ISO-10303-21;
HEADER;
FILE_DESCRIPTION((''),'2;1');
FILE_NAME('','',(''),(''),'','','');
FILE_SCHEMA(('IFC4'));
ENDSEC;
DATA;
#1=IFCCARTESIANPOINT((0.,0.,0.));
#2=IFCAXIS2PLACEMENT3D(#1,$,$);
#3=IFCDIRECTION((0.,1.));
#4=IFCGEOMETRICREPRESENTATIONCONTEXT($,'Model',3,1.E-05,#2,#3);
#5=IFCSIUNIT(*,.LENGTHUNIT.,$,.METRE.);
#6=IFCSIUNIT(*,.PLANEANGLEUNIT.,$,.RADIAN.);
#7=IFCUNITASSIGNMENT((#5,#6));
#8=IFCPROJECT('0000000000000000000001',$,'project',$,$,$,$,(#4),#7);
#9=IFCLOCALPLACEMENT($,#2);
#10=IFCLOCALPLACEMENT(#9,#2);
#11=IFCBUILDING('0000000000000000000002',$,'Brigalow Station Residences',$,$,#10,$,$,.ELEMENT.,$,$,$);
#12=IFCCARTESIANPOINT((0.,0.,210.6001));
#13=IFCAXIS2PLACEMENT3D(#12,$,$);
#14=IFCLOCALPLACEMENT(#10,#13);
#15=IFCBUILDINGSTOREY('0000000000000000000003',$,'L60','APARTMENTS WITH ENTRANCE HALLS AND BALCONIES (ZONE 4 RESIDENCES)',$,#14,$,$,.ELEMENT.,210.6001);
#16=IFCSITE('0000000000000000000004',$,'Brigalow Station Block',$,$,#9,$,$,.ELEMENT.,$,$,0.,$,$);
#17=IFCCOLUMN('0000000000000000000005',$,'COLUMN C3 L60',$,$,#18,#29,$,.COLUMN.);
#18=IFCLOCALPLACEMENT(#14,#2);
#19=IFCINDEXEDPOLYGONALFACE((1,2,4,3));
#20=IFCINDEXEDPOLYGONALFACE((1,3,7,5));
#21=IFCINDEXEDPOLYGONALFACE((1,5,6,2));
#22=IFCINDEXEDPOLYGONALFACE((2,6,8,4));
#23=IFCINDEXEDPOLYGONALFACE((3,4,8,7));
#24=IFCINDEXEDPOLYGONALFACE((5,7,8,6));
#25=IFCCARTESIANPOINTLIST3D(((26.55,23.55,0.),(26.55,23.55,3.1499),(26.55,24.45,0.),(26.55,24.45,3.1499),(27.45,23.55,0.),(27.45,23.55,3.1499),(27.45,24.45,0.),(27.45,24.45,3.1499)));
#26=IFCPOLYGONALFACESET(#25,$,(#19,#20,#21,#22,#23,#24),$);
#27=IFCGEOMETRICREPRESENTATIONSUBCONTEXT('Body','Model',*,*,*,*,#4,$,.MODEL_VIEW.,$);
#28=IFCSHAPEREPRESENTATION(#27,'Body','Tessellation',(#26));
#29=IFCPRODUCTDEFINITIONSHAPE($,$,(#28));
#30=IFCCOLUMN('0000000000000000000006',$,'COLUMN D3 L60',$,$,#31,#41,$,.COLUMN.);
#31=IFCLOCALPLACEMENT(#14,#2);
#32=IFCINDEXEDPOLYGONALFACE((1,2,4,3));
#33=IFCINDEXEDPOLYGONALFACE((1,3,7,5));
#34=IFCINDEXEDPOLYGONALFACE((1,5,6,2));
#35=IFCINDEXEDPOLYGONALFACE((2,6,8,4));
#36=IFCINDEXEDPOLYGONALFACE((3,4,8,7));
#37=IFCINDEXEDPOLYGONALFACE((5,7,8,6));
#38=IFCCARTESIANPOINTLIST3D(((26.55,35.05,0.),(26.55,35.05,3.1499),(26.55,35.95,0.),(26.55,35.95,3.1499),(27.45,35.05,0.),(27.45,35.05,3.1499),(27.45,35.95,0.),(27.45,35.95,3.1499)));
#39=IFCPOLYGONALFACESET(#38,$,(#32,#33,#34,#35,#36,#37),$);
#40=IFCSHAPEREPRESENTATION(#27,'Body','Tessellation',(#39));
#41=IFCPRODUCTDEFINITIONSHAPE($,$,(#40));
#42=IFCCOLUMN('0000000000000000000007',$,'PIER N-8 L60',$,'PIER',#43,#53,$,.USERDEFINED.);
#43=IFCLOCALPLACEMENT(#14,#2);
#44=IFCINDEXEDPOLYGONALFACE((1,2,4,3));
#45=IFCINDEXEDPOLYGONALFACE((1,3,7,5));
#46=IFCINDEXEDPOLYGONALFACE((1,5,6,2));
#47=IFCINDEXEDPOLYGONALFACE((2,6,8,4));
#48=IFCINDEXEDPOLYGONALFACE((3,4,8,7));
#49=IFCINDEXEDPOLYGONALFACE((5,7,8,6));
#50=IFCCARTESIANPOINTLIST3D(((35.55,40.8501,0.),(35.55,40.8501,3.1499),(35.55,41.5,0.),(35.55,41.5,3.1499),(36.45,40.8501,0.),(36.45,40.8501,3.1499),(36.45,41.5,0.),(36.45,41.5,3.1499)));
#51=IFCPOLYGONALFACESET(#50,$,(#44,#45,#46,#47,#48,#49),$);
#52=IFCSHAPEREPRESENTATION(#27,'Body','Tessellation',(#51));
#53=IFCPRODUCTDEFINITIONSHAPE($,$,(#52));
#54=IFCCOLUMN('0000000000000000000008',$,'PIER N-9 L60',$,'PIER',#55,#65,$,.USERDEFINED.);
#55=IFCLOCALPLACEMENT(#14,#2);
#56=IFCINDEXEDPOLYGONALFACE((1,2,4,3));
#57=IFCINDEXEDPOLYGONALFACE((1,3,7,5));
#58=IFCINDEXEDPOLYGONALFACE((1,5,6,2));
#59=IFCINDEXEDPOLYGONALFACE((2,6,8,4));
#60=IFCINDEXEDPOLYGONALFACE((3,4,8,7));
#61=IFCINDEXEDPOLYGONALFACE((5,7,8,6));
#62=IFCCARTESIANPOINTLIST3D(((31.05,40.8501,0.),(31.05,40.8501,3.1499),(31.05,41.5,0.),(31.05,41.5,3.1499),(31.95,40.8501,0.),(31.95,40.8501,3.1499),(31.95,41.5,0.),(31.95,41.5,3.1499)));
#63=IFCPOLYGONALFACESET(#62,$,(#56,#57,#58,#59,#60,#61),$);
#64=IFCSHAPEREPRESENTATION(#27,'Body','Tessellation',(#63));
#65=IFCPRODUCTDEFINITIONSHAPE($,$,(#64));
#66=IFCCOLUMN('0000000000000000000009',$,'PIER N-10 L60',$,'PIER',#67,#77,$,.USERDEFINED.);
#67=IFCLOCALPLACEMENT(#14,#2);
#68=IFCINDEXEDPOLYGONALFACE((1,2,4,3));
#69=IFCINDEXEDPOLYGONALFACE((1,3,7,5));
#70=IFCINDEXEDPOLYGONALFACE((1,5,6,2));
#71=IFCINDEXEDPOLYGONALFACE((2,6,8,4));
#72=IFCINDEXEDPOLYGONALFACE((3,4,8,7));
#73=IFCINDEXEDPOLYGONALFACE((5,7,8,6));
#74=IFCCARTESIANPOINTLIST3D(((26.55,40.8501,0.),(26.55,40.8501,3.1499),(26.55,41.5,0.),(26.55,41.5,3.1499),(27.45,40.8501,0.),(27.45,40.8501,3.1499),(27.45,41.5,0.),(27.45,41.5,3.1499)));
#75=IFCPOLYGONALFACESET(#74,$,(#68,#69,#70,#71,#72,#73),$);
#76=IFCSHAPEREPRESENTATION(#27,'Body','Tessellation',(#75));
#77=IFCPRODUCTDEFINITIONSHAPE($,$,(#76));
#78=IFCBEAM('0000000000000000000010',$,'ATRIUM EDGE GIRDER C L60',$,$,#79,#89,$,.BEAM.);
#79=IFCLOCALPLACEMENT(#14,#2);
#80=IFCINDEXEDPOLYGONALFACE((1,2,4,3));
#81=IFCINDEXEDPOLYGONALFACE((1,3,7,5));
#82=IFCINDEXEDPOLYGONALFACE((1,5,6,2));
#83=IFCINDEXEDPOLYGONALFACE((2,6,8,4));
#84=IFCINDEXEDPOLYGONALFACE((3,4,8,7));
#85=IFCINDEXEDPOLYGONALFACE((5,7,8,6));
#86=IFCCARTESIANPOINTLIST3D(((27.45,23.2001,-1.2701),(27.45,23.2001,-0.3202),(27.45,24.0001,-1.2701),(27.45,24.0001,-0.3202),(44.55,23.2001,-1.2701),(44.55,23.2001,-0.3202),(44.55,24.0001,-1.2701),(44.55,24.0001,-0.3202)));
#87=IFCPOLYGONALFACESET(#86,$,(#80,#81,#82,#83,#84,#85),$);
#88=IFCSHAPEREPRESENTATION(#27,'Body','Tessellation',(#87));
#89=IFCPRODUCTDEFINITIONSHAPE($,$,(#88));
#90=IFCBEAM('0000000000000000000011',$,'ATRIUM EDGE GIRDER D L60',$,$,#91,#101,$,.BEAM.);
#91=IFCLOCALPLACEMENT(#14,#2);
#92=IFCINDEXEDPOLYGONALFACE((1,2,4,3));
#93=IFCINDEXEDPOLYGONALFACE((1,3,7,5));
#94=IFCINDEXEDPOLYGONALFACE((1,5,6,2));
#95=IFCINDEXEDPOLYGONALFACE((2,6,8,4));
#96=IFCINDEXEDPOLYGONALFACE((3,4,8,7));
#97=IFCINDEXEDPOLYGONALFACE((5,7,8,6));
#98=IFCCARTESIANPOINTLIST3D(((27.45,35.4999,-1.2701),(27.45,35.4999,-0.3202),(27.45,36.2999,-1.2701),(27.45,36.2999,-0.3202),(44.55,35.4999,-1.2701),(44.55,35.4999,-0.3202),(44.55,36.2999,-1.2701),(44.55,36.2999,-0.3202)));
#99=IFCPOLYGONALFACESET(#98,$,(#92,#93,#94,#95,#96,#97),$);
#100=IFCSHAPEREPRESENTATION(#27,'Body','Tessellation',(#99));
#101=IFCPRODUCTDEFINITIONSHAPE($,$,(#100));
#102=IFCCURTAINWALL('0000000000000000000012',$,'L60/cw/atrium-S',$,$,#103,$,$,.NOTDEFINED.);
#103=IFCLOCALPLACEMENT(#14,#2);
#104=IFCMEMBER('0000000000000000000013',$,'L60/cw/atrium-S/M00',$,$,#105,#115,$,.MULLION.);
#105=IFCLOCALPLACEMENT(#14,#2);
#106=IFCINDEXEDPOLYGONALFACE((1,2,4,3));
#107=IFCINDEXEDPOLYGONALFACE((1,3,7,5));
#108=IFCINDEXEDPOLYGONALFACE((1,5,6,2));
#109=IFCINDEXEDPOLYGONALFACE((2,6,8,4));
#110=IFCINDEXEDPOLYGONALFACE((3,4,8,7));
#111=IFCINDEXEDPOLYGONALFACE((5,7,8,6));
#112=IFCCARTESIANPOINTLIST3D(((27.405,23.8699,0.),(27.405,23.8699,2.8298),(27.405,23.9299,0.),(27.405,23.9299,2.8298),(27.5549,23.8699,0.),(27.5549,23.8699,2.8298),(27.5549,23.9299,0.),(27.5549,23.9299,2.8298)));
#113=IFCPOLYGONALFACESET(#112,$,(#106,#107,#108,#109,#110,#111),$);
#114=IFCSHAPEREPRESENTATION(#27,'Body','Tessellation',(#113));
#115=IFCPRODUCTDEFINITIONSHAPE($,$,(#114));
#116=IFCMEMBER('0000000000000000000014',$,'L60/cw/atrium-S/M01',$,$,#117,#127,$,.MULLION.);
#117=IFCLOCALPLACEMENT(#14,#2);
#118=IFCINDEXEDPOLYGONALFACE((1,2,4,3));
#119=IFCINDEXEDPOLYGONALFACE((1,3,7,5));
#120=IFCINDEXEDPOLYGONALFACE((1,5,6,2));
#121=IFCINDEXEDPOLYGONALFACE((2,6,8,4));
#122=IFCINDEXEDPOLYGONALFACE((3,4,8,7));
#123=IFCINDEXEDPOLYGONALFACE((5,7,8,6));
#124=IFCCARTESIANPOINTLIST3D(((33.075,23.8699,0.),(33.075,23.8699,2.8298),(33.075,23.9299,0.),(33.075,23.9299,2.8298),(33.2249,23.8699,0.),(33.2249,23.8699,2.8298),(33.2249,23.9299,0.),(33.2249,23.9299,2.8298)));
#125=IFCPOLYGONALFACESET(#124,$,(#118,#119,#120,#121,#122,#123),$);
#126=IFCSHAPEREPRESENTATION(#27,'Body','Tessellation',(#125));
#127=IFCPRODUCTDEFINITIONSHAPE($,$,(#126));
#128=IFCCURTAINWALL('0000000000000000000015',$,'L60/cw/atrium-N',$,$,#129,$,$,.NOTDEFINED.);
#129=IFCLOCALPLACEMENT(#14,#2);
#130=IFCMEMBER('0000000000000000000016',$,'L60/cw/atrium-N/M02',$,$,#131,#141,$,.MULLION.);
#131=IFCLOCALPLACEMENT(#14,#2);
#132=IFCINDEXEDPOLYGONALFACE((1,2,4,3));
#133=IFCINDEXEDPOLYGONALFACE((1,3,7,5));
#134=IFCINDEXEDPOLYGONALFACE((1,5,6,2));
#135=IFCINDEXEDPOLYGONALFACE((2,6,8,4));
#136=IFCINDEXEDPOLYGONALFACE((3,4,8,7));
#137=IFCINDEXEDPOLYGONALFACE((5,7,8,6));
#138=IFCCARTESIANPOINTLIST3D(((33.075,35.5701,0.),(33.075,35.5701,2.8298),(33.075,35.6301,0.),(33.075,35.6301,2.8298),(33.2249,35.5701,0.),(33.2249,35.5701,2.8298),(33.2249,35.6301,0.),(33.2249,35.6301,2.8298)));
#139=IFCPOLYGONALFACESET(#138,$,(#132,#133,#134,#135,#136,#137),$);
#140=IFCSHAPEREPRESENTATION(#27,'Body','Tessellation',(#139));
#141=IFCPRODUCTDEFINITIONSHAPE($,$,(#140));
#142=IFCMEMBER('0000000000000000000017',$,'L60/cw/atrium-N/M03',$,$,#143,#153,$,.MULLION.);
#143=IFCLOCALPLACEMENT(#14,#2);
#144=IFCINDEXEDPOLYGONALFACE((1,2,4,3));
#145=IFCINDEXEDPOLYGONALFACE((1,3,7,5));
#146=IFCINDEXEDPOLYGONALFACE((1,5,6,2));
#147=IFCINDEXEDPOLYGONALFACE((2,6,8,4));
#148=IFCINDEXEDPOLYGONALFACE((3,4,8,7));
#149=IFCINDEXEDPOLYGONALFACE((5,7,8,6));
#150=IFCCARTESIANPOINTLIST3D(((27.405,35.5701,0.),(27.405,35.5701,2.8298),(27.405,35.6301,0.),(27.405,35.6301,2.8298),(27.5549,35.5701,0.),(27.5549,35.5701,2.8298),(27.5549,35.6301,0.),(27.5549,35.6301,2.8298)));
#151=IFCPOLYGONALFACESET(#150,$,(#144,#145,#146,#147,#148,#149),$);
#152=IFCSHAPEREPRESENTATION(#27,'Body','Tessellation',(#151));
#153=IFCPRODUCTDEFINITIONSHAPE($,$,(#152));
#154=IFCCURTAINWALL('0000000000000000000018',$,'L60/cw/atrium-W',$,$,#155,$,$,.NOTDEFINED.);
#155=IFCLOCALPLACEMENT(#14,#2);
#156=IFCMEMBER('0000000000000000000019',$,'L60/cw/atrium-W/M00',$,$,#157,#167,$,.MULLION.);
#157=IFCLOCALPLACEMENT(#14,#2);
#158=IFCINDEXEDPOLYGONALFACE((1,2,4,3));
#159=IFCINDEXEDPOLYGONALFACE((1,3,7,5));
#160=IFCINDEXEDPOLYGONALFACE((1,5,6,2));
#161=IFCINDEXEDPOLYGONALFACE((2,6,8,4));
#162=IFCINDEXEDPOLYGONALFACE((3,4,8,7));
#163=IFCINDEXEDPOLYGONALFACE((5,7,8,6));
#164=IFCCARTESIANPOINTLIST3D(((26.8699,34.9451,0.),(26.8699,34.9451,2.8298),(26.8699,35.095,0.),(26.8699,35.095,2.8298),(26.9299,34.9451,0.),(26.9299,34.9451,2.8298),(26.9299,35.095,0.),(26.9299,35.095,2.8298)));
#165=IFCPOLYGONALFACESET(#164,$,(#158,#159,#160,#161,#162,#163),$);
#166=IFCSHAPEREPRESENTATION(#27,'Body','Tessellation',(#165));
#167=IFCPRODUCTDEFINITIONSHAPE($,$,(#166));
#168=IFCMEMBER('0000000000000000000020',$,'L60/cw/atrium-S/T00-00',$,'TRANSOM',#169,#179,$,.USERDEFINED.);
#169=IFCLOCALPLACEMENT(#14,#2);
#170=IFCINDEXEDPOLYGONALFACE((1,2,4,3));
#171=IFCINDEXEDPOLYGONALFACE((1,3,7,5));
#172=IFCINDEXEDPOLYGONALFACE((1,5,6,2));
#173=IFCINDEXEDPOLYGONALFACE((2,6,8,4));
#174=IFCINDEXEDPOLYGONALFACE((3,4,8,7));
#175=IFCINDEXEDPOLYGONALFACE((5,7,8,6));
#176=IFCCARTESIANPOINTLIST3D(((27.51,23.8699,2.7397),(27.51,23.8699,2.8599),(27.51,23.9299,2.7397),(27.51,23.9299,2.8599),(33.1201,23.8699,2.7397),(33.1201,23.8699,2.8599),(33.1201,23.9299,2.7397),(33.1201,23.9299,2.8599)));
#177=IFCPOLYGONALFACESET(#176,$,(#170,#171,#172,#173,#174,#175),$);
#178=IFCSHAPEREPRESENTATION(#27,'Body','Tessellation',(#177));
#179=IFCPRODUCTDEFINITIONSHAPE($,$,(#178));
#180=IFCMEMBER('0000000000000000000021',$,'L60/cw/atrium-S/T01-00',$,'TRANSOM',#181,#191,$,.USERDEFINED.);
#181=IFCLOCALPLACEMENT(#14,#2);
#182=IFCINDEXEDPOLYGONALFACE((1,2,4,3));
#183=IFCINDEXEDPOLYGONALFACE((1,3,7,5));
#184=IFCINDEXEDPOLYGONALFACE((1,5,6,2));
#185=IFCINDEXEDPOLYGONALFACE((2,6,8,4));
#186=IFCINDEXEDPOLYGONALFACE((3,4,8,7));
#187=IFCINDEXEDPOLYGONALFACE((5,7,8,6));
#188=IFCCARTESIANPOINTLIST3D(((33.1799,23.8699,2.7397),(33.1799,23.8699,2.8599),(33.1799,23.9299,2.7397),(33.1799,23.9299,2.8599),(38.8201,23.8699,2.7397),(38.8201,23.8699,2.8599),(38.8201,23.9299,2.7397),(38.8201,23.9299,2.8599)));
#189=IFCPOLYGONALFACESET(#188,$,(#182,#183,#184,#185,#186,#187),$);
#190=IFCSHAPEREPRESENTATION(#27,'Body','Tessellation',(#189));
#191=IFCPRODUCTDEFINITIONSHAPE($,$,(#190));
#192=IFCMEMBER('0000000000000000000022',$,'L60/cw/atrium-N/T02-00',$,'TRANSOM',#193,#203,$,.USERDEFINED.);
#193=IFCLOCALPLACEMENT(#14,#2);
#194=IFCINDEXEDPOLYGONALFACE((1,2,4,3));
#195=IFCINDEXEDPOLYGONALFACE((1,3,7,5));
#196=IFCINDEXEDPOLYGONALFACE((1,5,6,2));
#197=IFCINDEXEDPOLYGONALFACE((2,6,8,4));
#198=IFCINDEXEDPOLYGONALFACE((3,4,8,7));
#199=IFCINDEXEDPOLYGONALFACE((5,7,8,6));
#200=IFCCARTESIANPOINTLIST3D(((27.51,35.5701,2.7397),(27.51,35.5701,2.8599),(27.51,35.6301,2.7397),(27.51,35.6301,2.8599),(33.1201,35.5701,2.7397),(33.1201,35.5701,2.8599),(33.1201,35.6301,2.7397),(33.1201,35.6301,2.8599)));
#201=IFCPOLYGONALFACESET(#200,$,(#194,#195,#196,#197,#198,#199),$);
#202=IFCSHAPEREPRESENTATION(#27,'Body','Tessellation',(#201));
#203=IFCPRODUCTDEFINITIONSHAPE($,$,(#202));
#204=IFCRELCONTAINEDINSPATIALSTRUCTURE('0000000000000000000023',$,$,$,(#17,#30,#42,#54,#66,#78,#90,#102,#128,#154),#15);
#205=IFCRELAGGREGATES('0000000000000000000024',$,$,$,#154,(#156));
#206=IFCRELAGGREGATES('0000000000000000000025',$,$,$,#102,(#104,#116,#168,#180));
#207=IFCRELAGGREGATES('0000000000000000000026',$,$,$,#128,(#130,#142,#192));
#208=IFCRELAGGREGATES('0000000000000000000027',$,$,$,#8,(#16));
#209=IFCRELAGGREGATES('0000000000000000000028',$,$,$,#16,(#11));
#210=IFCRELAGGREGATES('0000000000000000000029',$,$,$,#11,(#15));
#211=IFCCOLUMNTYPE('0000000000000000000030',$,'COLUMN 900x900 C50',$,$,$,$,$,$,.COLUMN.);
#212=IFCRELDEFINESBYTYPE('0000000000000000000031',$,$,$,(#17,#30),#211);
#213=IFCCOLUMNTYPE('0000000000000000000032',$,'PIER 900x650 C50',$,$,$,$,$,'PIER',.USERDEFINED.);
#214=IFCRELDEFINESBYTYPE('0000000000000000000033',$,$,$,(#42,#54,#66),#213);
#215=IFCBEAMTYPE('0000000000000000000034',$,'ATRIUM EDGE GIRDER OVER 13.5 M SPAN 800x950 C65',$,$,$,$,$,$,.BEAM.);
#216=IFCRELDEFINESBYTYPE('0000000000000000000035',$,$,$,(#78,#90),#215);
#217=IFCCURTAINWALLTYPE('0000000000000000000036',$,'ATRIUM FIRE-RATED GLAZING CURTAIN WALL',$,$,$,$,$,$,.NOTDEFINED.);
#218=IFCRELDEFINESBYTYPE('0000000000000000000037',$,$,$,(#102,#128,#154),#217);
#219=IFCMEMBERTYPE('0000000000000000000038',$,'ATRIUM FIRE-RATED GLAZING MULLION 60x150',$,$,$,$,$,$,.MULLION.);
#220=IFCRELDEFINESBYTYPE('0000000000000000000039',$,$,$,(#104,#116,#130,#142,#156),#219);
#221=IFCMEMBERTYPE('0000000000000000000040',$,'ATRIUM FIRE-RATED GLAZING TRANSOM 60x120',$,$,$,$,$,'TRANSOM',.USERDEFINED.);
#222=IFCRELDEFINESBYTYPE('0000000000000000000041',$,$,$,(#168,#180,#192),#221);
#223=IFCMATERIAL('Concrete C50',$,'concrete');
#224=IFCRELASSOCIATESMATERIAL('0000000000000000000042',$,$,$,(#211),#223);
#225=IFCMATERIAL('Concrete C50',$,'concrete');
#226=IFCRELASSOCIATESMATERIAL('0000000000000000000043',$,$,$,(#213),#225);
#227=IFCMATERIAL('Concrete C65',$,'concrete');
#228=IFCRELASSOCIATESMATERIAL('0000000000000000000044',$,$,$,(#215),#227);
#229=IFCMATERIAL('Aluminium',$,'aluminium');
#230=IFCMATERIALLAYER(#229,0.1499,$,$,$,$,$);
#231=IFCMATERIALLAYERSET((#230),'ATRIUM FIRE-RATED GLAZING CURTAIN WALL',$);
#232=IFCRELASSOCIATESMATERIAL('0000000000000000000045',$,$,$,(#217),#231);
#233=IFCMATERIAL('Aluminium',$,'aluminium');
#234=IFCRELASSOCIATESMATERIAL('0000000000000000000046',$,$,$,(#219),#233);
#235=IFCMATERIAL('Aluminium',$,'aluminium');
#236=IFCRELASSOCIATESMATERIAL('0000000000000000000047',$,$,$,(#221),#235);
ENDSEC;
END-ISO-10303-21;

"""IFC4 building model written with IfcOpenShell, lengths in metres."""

from ifc_helpers import new_model, si_unit, direction, frame, origin, origin_2d, place, context, subcontext, project, spatial, rectangle, extrude, material, layer, layer_set, material_profile, profile_set, type_object, element, aggregate, save


model = new_model("IFC4")

# Units and contexts
model_context = context("Model", 3, precision=1e-05, world=origin(), true_north=direction((0.0, 1.0)))
body_context = subcontext(model_context, "Body", "Model", "MODEL_VIEW")
ifc_project = project(units=[si_unit("LENGTHUNIT", "METRE"), si_unit("PLANEANGLEUNIT", "RADIAN")], contexts=[model_context])

# Site, building, storey
site_placement = place(None, origin())
site = spatial("IfcSite", under=ifc_project, at=site_placement, Name="Brigalow Station Block", CompositionType="ELEMENT", RefElevation=0.0)
building_placement = place(site_placement, origin())
building = spatial("IfcBuilding", under=site, at=building_placement, Name="Brigalow Station Residences", CompositionType="ELEMENT")
storey_placement = place(building_placement, frame((0.0, 0.0, 210.6001)))
storey = spatial("IfcBuildingStorey", under=building, at=storey_placement, Name="L60", Description="APARTMENTS WITH ENTRANCE HALLS AND BALCONIES (ZONE 4 RESIDENCES)", CompositionType="ELEMENT", Elevation=210.6001)

# Columns
ifc_material_1 = material(Name="Concrete C50", Category="concrete")
ifc_material_profile_1 = material_profile(ifc_material_1, rectangle(XDim=0.8999, YDim=0.8999, at=origin_2d()), Name="RC900x900")
ifc_profile_set_1 = profile_set([ifc_material_profile_1], Name="Concrete C50")
column_type_1 = type_object("IfcColumnType", Name="COLUMN 900x900 C50", PredefinedType="COLUMN", material=ifc_profile_set_1)
for number, where, z_axis, x_axis, name in (
    (1, (27.0, 24.0, 0.0), (0.0, 0.0, 1.0), (1.0, 0.0, 0.0), "COLUMN C3 L60"),
    (2, (27.0, 35.5, 0.0), (0.0, 0.0, 1.0), (1.0, 0.0, 0.0), "COLUMN D3 L60"),
):
    element("IfcColumn", number, at=place(storey_placement, frame(where, z_axis=z_axis, x_axis=x_axis)), inside=storey, type_object=column_type_1, Name=name, PredefinedType="COLUMN", context=body_context, shape_type="SweptSolid", body=[
        extrude(rectangle(XDim=0.8999, YDim=0.8999, at=origin_2d()), origin(), (0.0, 0.0, 1.0), 3.1499),
    ])
ifc_material_2 = material(Name="Concrete C50", Category="concrete")
ifc_material_profile_2 = material_profile(ifc_material_2, rectangle(XDim=0.8999, YDim=0.6499, at=origin_2d()), Name="RC900x650")
ifc_profile_set_2 = profile_set([ifc_material_profile_2], Name="Concrete C50")
column_type_2 = type_object("IfcColumnType", Name="PIER 900x650 C50", ElementType="PIER", PredefinedType="USERDEFINED", material=ifc_profile_set_2)
for number, where, z_axis, x_axis, name in (
    (3, (36.0, 41.175, 0.0), (0.0, 0.0, 1.0), (-1.0, 0.0, 0.0), "PIER N-8 L60"),
    (4, (31.5, 41.175, 0.0), (0.0, 0.0, 1.0), (-1.0, 0.0, 0.0), "PIER N-9 L60"),
    (5, (27.0, 41.175, 0.0), (0.0, 0.0, 1.0), (-1.0, 0.0, 0.0), "PIER N-10 L60"),
):
    element("IfcColumn", number, at=place(storey_placement, frame(where, z_axis=z_axis, x_axis=x_axis)), inside=storey, type_object=column_type_2, Name=name, ObjectType="PIER", PredefinedType="USERDEFINED", context=body_context, shape_type="SweptSolid", body=[
        extrude(rectangle(XDim=0.8999, YDim=0.6499, at=origin_2d()), origin(), (0.0, 0.0, 1.0), 3.1499),
    ])

# Beams
ifc_material_3 = material(Name="Concrete C65", Category="concrete")
ifc_material_profile_3 = material_profile(ifc_material_3, rectangle(XDim=0.8, YDim=0.95, at=origin_2d()), Name="RC800x950")
ifc_profile_set_3 = profile_set([ifc_material_profile_3], Name="Concrete C65")
beam_type = type_object("IfcBeamType", Name="ATRIUM EDGE GIRDER OVER 13.5 M SPAN 800x950 C65", PredefinedType="BEAM", material=ifc_profile_set_3)
for number, where, z_axis, x_axis, name in (
    (6, (27.45, 23.6001, -0.7952), (1.0, 0.0, 0.0), (0.0, 1.0, 0.0), "ATRIUM EDGE GIRDER C L60"),
    (7, (27.45, 35.8999, -0.7952), (1.0, 0.0, 0.0), (0.0, 1.0, 0.0), "ATRIUM EDGE GIRDER D L60"),
):
    element("IfcBeam", number, at=place(storey_placement, frame(where, z_axis=z_axis, x_axis=x_axis)), inside=storey, type_object=beam_type, Name=name, PredefinedType="BEAM", context=body_context, shape_type="SweptSolid", body=[
        extrude(rectangle(XDim=0.8, YDim=0.95, at=origin_2d()), origin(), (0.0, 0.0, 1.0), 17.1001),
    ])

# Curtain walls, members
ifc_material_4 = material(Name="Aluminium", Category="aluminium")
ifc_layer_1 = layer(ifc_material_4, 0.1499)
ifc_layer_set_1 = layer_set([ifc_layer_1], Name="ATRIUM FIRE-RATED GLAZING CURTAIN WALL")
curtain_wall_type = type_object("IfcCurtainWallType", Name="ATRIUM FIRE-RATED GLAZING CURTAIN WALL", PredefinedType="NOTDEFINED", material=ifc_layer_set_1)
curtain_wall_1_placement = place(storey_placement, origin())
curtain_wall_1 = element("IfcCurtainWall", 8, at=curtain_wall_1_placement, inside=storey, type_object=curtain_wall_type, Name="L60/cw/atrium-S", PredefinedType="NOTDEFINED")
ifc_material_5 = material(Name="Aluminium", Category="aluminium")
ifc_material_profile_4 = material_profile(ifc_material_5, rectangle(XDim=0.0601, YDim=0.1499, at=origin_2d()), Name="ATRIUM FIRE-RATED GLAZING MULLION 60x150")
ifc_profile_set_4 = profile_set([ifc_material_profile_4], Name="Aluminium")
member_type_1 = type_object("IfcMemberType", Name="ATRIUM FIRE-RATED GLAZING MULLION 60x150", PredefinedType="MULLION", material=ifc_profile_set_4)
member_1_placement = place(storey_placement, frame((27.48, 23.8999, 0.0), z_axis=(0.0, 0.0, 1.0), x_axis=(0.0, 1.0, 0.0)))
member_1 = element("IfcMember", 9, at=member_1_placement, type_object=member_type_1, Name="L60/cw/atrium-S/M00", PredefinedType="MULLION", context=body_context, shape_type="SweptSolid", body=[
    extrude(rectangle(XDim=0.0601, YDim=0.1499, at=origin_2d()), origin(), (0.0, 0.0, 1.0), 2.8298),
])
member_2_placement = place(storey_placement, frame((33.1499, 23.8999, 0.0), z_axis=(0.0, 0.0, 1.0), x_axis=(0.0, 1.0, 0.0)))
member_2 = element("IfcMember", 10, at=member_2_placement, type_object=member_type_1, Name="L60/cw/atrium-S/M01", PredefinedType="MULLION", context=body_context, shape_type="SweptSolid", body=[
    extrude(rectangle(XDim=0.0601, YDim=0.1499, at=origin_2d()), origin(), (0.0, 0.0, 1.0), 2.8298),
])
curtain_wall_2_placement = place(storey_placement, origin())
curtain_wall_2 = element("IfcCurtainWall", 11, at=curtain_wall_2_placement, inside=storey, type_object=curtain_wall_type, Name="L60/cw/atrium-N", PredefinedType="NOTDEFINED")
member_3_placement = place(storey_placement, frame((33.1499, 35.6001, 0.0), z_axis=(0.0, 0.0, 1.0), x_axis=(0.0, -1.0, 0.0)))
member_3 = element("IfcMember", 12, at=member_3_placement, type_object=member_type_1, Name="L60/cw/atrium-N/M02", PredefinedType="MULLION", context=body_context, shape_type="SweptSolid", body=[
    extrude(rectangle(XDim=0.0601, YDim=0.1499, at=origin_2d()), origin(), (0.0, 0.0, 1.0), 2.8298),
])
member_4_placement = place(storey_placement, frame((27.48, 35.6001, 0.0), z_axis=(0.0, 0.0, 1.0), x_axis=(0.0, -1.0, 0.0)))
member_4 = element("IfcMember", 13, at=member_4_placement, type_object=member_type_1, Name="L60/cw/atrium-N/M03", PredefinedType="MULLION", context=body_context, shape_type="SweptSolid", body=[
    extrude(rectangle(XDim=0.0601, YDim=0.1499, at=origin_2d()), origin(), (0.0, 0.0, 1.0), 2.8298),
])

# Curtain wall, member
curtain_wall_3_placement = place(storey_placement, origin())
curtain_wall_3 = element("IfcCurtainWall", 14, at=curtain_wall_3_placement, inside=storey, type_object=curtain_wall_type, Name="L60/cw/atrium-W", PredefinedType="NOTDEFINED")
member_5_placement = place(storey_placement, frame((26.8999, 35.02, 0.0), z_axis=(0.0, 0.0, 1.0), x_axis=(1.0, 0.0, 0.0)))
member_5 = element("IfcMember", 15, at=member_5_placement, type_object=member_type_1, Name="L60/cw/atrium-W/M00", PredefinedType="MULLION", context=body_context, shape_type="SweptSolid", body=[
    extrude(rectangle(XDim=0.0601, YDim=0.1499, at=origin_2d()), origin(), (0.0, 0.0, 1.0), 2.8298),
])
aggregate(curtain_wall_3, [member_5])

# Members
ifc_material_6 = material(Name="Aluminium", Category="aluminium")
ifc_material_profile_5 = material_profile(ifc_material_6, rectangle(XDim=0.0601, YDim=0.1201, at=origin_2d()), Name="ATRIUM FIRE-RATED GLAZING TRANSOM 60x120")
ifc_profile_set_5 = profile_set([ifc_material_profile_5], Name="Aluminium")
member_type_2 = type_object("IfcMemberType", Name="ATRIUM FIRE-RATED GLAZING TRANSOM 60x120", ElementType="TRANSOM", PredefinedType="USERDEFINED", material=ifc_profile_set_5)
member_6_placement = place(storey_placement, frame((27.51, 23.8999, 2.7998), z_axis=(1.0, 0.0, 0.0), x_axis=(0.0, 1.0, 0.0)))
member_6 = element("IfcMember", 16, at=member_6_placement, type_object=member_type_2, Name="L60/cw/atrium-S/T00-00", ObjectType="TRANSOM", PredefinedType="USERDEFINED", context=body_context, shape_type="SweptSolid", body=[
    extrude(rectangle(XDim=0.0601, YDim=0.1201, at=origin_2d()), origin(), (0.0, 0.0, 1.0), 5.6101),
])
member_7_placement = place(storey_placement, frame((33.1799, 23.8999, 2.7998), z_axis=(1.0, 0.0, 0.0), x_axis=(0.0, 1.0, 0.0)))
member_7 = element("IfcMember", 17, at=member_7_placement, type_object=member_type_2, Name="L60/cw/atrium-S/T01-00", ObjectType="TRANSOM", PredefinedType="USERDEFINED", context=body_context, shape_type="SweptSolid", body=[
    extrude(rectangle(XDim=0.0601, YDim=0.1201, at=origin_2d()), origin(), (0.0, 0.0, 1.0), 5.6401),
])
member_8_placement = place(storey_placement, frame((33.1201, 35.6001, 2.7998), z_axis=(-1.0, 0.0, 0.0), x_axis=(0.0, -1.0, 0.0)))
member_8 = element("IfcMember", 18, at=member_8_placement, type_object=member_type_2, Name="L60/cw/atrium-N/T02-00", ObjectType="TRANSOM", PredefinedType="USERDEFINED", context=body_context, shape_type="SweptSolid", body=[
    extrude(rectangle(XDim=0.0601, YDim=0.1201, at=origin_2d()), origin(), (0.0, 0.0, 1.0), 5.6101),
])

aggregate(curtain_wall_1, [member_1, member_2, member_6, member_7])
aggregate(curtain_wall_2, [member_3, member_4, member_8])

save(model, "model.ifc")
